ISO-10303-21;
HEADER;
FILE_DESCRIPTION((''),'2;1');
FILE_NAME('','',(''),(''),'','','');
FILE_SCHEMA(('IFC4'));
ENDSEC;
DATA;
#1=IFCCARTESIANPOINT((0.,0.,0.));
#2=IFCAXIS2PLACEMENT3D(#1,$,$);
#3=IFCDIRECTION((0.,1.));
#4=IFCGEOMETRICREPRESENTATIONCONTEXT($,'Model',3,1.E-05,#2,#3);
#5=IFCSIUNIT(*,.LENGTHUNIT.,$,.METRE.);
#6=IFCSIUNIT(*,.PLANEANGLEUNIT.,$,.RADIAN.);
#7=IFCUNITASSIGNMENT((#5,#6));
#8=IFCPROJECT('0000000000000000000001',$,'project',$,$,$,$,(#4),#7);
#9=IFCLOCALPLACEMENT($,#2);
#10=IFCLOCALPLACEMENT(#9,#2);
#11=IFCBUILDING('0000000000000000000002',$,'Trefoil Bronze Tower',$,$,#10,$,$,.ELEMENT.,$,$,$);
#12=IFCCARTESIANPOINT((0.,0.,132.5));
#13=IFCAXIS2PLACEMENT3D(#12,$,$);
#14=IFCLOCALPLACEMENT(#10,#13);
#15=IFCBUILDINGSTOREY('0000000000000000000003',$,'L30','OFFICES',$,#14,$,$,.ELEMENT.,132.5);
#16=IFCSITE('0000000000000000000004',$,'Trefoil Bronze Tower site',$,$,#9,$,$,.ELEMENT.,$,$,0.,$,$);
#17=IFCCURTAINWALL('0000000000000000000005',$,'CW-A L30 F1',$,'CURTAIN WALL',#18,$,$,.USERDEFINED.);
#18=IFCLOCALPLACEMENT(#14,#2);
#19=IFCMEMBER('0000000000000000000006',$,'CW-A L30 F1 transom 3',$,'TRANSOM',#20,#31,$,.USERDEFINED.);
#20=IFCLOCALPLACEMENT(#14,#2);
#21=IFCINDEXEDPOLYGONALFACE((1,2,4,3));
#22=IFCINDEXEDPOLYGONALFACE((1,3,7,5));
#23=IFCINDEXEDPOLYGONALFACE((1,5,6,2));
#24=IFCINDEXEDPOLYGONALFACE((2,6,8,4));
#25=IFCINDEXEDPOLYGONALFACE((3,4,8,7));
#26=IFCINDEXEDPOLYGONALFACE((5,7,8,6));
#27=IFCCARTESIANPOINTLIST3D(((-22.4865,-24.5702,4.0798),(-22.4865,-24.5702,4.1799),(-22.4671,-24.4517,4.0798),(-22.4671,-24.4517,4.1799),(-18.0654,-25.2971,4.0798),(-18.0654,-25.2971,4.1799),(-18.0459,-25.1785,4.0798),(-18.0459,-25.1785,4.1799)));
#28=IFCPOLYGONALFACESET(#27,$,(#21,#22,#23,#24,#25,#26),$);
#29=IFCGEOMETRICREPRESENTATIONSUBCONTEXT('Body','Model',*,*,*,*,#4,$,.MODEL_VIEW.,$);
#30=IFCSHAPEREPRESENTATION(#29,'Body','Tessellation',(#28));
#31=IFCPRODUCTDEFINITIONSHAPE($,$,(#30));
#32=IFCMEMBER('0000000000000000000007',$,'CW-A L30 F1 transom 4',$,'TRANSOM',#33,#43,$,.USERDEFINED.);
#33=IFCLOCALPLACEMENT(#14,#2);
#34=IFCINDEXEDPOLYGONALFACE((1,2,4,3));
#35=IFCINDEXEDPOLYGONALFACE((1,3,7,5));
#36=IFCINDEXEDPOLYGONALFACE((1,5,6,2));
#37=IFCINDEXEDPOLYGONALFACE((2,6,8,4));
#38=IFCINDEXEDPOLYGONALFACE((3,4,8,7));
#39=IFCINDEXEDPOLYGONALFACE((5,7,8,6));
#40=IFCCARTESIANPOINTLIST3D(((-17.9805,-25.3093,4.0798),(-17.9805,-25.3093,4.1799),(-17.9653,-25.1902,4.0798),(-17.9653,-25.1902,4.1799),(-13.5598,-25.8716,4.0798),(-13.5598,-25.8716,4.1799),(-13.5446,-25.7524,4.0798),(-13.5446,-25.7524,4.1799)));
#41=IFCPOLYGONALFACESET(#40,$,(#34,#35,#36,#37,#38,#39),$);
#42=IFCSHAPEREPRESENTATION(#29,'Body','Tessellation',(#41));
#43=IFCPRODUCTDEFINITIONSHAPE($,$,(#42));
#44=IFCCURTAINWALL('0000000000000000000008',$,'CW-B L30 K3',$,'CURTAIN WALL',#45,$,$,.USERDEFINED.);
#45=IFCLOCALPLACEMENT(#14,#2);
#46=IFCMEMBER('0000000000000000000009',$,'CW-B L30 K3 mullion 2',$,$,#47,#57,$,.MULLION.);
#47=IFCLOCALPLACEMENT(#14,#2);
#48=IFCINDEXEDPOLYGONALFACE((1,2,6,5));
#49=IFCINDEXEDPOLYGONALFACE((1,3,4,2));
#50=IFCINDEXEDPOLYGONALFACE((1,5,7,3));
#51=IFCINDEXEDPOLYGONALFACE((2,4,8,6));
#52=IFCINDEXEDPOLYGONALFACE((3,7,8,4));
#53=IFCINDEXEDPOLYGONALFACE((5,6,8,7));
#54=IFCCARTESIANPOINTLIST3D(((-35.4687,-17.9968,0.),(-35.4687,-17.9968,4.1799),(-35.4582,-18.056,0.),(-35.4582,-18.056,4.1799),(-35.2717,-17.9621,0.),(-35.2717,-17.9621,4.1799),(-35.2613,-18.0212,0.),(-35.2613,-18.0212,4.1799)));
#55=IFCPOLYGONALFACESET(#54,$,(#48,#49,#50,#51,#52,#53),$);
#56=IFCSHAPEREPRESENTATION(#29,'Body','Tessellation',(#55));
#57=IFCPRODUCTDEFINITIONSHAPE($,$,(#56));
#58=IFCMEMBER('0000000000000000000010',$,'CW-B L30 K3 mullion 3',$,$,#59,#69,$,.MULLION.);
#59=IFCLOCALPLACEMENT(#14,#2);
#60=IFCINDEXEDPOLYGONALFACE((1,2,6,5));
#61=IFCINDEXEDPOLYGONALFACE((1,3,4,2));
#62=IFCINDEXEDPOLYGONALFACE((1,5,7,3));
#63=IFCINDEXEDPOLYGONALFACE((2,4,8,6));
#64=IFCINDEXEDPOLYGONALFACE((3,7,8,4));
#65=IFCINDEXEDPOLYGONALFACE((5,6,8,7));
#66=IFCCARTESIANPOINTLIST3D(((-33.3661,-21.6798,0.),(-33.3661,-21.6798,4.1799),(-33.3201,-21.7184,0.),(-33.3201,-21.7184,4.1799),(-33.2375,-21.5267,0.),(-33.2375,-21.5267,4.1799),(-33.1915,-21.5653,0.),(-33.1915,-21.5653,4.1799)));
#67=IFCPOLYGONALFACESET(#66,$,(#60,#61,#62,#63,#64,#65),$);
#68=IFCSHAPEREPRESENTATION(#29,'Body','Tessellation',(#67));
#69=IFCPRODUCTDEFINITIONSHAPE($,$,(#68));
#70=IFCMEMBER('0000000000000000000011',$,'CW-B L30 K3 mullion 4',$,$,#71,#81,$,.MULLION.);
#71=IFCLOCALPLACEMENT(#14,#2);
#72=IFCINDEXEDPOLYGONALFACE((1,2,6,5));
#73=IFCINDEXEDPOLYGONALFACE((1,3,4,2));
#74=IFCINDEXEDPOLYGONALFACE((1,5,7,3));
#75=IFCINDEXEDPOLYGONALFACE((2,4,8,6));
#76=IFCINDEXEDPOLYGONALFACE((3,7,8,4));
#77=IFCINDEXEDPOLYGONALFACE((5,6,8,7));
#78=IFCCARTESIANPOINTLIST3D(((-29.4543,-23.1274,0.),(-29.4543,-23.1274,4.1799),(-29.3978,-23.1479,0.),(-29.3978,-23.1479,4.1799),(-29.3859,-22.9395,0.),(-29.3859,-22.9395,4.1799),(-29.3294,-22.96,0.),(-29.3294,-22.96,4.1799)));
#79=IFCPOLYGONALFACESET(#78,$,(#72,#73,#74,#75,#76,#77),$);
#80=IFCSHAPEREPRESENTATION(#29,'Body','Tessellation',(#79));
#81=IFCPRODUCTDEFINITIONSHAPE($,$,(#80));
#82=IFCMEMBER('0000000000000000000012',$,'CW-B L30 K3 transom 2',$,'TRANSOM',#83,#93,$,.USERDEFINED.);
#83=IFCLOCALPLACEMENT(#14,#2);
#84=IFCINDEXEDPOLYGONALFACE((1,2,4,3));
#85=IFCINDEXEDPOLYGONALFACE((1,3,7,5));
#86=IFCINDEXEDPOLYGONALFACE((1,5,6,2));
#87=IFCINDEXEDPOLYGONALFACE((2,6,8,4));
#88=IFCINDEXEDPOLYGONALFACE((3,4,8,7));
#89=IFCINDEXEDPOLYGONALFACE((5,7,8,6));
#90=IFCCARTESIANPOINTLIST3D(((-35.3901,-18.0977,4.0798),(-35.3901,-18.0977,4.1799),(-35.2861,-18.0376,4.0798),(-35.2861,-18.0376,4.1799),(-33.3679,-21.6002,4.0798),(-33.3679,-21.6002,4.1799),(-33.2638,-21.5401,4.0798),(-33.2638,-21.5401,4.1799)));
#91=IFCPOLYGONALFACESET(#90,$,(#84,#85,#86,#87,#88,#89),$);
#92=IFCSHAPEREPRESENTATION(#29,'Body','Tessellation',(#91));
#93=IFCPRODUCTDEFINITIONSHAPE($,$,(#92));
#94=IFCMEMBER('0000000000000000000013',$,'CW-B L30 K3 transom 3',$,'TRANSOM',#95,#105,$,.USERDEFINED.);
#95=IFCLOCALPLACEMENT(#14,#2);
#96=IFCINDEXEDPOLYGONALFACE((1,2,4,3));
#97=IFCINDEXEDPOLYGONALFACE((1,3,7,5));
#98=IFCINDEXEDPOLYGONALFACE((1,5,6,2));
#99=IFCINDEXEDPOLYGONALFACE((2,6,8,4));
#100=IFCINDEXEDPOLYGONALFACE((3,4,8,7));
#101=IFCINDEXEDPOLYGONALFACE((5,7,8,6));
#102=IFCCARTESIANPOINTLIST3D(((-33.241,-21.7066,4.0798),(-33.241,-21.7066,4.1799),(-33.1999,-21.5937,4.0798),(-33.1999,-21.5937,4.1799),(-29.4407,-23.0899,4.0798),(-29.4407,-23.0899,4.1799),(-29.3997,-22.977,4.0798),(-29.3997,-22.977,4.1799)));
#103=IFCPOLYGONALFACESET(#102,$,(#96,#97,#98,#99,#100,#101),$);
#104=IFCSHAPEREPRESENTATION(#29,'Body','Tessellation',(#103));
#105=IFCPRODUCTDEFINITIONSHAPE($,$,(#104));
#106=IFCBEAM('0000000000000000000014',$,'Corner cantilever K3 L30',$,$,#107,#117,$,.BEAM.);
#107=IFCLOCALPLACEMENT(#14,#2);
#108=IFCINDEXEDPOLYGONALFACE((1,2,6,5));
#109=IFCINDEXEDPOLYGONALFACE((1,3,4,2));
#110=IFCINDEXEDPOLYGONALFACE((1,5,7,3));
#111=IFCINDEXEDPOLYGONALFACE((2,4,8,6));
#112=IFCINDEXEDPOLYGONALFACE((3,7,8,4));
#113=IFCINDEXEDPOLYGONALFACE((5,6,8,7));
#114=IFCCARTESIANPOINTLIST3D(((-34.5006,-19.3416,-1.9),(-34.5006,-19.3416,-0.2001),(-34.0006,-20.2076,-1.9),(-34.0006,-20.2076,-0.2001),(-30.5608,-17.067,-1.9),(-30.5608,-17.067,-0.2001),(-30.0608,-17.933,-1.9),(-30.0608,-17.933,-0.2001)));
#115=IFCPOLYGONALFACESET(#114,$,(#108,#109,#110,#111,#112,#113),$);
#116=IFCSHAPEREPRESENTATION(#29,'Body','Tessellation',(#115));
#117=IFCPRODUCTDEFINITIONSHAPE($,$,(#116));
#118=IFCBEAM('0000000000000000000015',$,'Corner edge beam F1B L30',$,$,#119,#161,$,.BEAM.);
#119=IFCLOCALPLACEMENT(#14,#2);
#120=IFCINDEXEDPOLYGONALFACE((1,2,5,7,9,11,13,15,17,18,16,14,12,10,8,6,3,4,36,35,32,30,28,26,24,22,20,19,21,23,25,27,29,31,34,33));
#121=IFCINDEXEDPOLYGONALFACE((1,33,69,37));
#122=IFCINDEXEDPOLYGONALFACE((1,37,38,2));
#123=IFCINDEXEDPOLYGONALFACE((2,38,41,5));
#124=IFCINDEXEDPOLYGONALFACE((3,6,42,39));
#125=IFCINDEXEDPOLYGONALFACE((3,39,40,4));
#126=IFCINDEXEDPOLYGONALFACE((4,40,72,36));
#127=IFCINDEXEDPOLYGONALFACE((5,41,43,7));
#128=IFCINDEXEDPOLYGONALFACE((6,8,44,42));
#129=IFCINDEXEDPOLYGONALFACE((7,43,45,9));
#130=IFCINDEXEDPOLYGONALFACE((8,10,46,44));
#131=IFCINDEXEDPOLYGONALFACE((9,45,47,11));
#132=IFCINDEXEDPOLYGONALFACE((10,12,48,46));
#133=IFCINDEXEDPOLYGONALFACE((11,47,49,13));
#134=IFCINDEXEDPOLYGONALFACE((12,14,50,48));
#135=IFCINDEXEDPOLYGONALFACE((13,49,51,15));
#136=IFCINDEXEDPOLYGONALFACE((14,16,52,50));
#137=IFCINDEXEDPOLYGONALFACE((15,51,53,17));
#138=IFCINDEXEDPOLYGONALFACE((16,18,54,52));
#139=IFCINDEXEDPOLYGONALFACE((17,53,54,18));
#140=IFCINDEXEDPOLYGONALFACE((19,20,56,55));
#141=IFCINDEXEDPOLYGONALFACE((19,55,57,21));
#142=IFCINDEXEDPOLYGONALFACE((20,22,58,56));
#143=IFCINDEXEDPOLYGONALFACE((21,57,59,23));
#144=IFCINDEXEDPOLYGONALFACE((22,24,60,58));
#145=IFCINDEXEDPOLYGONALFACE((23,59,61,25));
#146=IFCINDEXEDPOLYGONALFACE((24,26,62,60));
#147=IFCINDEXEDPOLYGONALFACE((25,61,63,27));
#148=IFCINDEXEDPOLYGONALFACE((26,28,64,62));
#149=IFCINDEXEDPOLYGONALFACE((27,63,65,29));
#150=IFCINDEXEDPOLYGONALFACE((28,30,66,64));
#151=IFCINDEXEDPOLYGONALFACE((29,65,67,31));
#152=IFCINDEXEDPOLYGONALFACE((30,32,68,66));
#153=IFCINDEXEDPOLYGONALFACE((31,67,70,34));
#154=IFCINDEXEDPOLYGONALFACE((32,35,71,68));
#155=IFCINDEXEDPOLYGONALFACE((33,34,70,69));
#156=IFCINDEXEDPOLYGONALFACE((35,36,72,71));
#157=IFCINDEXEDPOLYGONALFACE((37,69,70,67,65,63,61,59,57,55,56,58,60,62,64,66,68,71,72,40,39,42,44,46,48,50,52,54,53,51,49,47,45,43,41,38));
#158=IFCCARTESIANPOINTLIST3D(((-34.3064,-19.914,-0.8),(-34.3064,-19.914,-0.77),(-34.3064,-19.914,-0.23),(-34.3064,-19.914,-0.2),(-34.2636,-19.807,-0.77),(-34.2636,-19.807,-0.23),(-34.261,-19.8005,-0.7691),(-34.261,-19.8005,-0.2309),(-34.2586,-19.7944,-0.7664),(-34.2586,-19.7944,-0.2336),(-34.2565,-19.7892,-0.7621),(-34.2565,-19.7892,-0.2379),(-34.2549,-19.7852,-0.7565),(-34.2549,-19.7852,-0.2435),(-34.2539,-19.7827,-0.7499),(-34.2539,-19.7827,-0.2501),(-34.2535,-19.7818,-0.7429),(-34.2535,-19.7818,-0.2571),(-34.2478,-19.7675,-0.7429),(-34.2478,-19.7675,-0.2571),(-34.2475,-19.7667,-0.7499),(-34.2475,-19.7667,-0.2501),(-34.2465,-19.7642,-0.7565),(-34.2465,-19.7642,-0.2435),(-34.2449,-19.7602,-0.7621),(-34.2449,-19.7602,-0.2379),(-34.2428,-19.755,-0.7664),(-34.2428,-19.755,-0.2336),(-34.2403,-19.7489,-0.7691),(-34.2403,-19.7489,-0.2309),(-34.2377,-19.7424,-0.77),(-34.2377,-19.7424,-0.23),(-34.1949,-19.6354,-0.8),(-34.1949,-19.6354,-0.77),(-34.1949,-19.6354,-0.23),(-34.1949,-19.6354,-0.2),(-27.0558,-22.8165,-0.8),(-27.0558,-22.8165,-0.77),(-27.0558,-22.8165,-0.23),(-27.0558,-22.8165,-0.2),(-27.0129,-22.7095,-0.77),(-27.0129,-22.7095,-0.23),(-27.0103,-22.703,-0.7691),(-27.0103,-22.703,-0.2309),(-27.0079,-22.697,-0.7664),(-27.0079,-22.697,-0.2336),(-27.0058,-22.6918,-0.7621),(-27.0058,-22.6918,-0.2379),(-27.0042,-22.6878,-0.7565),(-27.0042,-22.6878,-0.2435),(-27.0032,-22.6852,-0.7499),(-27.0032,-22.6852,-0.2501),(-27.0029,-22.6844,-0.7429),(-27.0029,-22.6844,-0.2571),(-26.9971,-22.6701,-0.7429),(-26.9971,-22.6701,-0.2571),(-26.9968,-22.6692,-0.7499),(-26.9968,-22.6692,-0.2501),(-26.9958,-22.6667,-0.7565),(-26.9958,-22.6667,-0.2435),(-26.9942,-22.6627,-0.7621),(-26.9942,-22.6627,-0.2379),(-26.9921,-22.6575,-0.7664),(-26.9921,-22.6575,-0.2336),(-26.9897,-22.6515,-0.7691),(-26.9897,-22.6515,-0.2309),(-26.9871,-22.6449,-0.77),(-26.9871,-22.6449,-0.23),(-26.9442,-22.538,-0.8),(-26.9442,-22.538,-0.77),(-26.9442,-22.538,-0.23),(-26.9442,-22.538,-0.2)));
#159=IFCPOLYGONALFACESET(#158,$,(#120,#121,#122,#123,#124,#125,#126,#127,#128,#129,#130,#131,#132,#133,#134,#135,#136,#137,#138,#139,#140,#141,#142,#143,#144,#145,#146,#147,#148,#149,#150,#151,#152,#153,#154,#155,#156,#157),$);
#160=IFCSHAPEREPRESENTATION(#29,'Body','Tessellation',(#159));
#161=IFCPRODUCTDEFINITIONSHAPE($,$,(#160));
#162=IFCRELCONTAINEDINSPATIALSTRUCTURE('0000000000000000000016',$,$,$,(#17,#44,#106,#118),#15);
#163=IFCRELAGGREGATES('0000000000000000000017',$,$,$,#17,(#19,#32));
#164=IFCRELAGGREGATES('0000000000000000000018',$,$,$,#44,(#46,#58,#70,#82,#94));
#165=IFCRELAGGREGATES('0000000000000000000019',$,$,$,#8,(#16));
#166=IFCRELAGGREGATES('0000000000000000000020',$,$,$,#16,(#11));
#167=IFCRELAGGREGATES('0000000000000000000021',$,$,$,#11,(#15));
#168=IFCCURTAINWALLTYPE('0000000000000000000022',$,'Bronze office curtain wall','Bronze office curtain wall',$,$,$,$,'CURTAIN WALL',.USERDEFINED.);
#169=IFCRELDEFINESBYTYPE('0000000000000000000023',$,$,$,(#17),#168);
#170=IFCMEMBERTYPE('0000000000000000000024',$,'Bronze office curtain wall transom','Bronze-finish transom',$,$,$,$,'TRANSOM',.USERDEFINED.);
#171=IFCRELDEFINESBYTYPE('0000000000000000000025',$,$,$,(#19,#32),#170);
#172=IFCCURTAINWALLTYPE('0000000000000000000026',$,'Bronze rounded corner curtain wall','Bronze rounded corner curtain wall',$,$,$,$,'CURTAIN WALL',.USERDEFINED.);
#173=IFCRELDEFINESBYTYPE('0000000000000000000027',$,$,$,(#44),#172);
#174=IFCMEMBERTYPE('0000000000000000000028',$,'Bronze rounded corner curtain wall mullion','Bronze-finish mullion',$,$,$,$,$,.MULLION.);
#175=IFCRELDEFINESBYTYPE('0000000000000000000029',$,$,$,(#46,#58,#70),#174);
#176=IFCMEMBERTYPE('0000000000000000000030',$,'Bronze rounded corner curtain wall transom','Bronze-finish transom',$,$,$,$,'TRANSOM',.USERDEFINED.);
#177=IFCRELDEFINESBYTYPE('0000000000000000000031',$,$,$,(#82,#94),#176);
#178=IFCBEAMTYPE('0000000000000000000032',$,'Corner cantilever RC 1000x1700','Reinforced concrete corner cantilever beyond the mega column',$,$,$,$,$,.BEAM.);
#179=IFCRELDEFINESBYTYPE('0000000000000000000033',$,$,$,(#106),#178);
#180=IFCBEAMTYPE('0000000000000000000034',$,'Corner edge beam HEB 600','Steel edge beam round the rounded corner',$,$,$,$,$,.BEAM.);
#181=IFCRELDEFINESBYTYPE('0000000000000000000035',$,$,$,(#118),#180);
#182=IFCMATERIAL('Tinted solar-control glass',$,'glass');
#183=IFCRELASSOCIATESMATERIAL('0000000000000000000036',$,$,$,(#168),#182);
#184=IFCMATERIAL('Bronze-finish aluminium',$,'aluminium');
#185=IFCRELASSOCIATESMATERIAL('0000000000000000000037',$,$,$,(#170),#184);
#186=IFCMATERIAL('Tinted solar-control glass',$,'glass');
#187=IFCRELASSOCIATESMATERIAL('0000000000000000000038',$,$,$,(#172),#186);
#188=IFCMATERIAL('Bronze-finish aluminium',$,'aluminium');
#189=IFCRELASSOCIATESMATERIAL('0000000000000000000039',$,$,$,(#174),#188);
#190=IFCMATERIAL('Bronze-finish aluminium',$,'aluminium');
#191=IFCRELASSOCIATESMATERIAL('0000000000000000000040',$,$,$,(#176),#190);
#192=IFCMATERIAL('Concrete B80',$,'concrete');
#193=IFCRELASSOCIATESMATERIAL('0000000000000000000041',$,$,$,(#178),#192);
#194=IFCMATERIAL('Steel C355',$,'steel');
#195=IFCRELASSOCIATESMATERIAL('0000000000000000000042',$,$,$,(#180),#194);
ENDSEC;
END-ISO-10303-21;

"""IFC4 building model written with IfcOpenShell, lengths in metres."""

from ifc_helpers import new_model, si_unit, direction, frame, origin, origin_2d, place, context, subcontext, project, spatial, rectangle, i_section, extrude, material, material_profile, profile_set, type_object, element, aggregate, save


model = new_model("IFC4")

# Units and contexts
model_context = context("Model", 3, precision=1e-05, world=origin(), true_north=direction((0.0, 1.0)))
body_context = subcontext(model_context, "Body", "Model", "MODEL_VIEW")
ifc_project = project(units=[si_unit("LENGTHUNIT", "METRE"), si_unit("PLANEANGLEUNIT", "RADIAN")], contexts=[model_context])

# Site, building, storey
site_placement = place(None, origin())
site = spatial("IfcSite", under=ifc_project, at=site_placement, Name="Trefoil Bronze Tower site", CompositionType="ELEMENT", RefElevation=0.0)
building_placement = place(site_placement, origin())
building = spatial("IfcBuilding", under=site, at=building_placement, Name="Trefoil Bronze Tower", CompositionType="ELEMENT")
storey_placement = place(building_placement, frame((0.0, 0.0, 132.5)))
storey = spatial("IfcBuildingStorey", under=building, at=storey_placement, Name="L30", Description="OFFICES", CompositionType="ELEMENT", Elevation=132.5)

# Curtain walls, members
ifc_material_1 = material(Name="Tinted solar-control glass", Category="glass")
curtain_wall_type_1 = type_object("IfcCurtainWallType", Name="Bronze office curtain wall", Description="Bronze office curtain wall", ElementType="CURTAIN WALL", PredefinedType="USERDEFINED", material=ifc_material_1)
curtain_wall_1_placement = place(storey_placement, origin())
curtain_wall_1 = element("IfcCurtainWall", 1, at=curtain_wall_1_placement, inside=storey, type_object=curtain_wall_type_1, Name="CW-A L30 F1", ObjectType="CURTAIN WALL", PredefinedType="USERDEFINED")
ifc_material_2 = material(Name="Bronze-finish aluminium", Category="aluminium")
ifc_material_profile_1 = material_profile(ifc_material_2, rectangle(XDim=0.1201, YDim=0.1001, at=origin_2d()), Name="CW-A transom")
ifc_profile_set_1 = profile_set([ifc_material_profile_1], Name="Bronze-finish aluminium")
member_type_1 = type_object("IfcMemberType", Name="Bronze office curtain wall transom", Description="Bronze-finish transom", ElementType="TRANSOM", PredefinedType="USERDEFINED", material=ifc_profile_set_1)
member_1_placement = place(storey_placement, frame((-22.4768, -24.511, 4.1299), z_axis=(0.986755, -0.162216, 0.0), x_axis=(0.162216, 0.986755, 0.0)))
member_1 = element("IfcMember", 2, at=member_1_placement, type_object=member_type_1, Name="CW-A L30 F1 transom 3", ObjectType="TRANSOM", PredefinedType="USERDEFINED", context=body_context, shape_type="SweptSolid", body=[
    extrude(rectangle(XDim=0.1201, YDim=0.1001, at=origin_2d()), origin(), (0.0, 0.0, 1.0), 4.4805),
])
member_2_placement = place(storey_placement, frame((-17.9729, -25.2498, 4.1299), z_axis=(0.992008, -0.126172, 0.0), x_axis=(0.126172, 0.992008, 0.0)))
member_2 = element("IfcMember", 3, at=member_2_placement, type_object=member_type_1, Name="CW-A L30 F1 transom 4", ObjectType="TRANSOM", PredefinedType="USERDEFINED", context=body_context, shape_type="SweptSolid", body=[
    extrude(rectangle(XDim=0.1201, YDim=0.1001, at=origin_2d()), origin(), (0.0, 0.0, 1.0), 4.4563),
])
ifc_material_3 = material(Name="Tinted solar-control glass", Category="glass")
curtain_wall_type_2 = type_object("IfcCurtainWallType", Name="Bronze rounded corner curtain wall", Description="Bronze rounded corner curtain wall", ElementType="CURTAIN WALL", PredefinedType="USERDEFINED", material=ifc_material_3)
curtain_wall_2_placement = place(storey_placement, origin())
curtain_wall_2 = element("IfcCurtainWall", 4, at=curtain_wall_2_placement, inside=storey, type_object=curtain_wall_type_2, Name="CW-B L30 K3", ObjectType="CURTAIN WALL", PredefinedType="USERDEFINED")
ifc_material_4 = material(Name="Bronze-finish aluminium", Category="aluminium")
ifc_material_profile_2 = material_profile(ifc_material_4, rectangle(XDim=0.2, YDim=0.0601, at=origin_2d()), Name="CW-B mullion")
ifc_profile_set_2 = profile_set([ifc_material_profile_2], Name="Bronze-finish aluminium")
member_type_2 = type_object("IfcMemberType", Name="Bronze rounded corner curtain wall mullion", Description="Bronze-finish mullion", PredefinedType="MULLION", material=ifc_profile_set_2)
member_3_placement = place(storey_placement, frame((-35.365, -18.009, 0.0), z_axis=(0.0, 0.0, 1.0), x_axis=(0.984808, 0.173648, 0.0)))
member_3 = element("IfcMember", 5, at=member_3_placement, type_object=member_type_2, Name="CW-B L30 K3 mullion 2", PredefinedType="MULLION", context=body_context, shape_type="SweptSolid", body=[
    extrude(rectangle(XDim=0.2, YDim=0.0601, at=origin_2d()), origin(), (0.0, 0.0, 1.0), 4.1799),
])
member_4_placement = place(storey_placement, frame((-33.2788, -21.6226, 0.0), z_axis=(0.0, 0.0, 1.0), x_axis=(0.642788, 0.766044, 0.0)))
member_4 = element("IfcMember", 6, at=member_4_placement, type_object=member_type_2, Name="CW-B L30 K3 mullion 3", PredefinedType="MULLION", context=body_context, shape_type="SweptSolid", body=[
    extrude(rectangle(XDim=0.2, YDim=0.0601, at=origin_2d()), origin(), (0.0, 0.0, 1.0), 4.1799),
])
member_5_placement = place(storey_placement, frame((-29.3918, -23.0437, 0.0), z_axis=(0.0, 0.0, 1.0), x_axis=(0.34202, 0.939693, 0.0)))
member_5 = element("IfcMember", 7, at=member_5_placement, type_object=member_type_2, Name="CW-B L30 K3 mullion 4", PredefinedType="MULLION", context=body_context, shape_type="SweptSolid", body=[
    extrude(rectangle(XDim=0.2, YDim=0.0601, at=origin_2d()), origin(), (0.0, 0.0, 1.0), 4.1799),
])
ifc_material_5 = material(Name="Bronze-finish aluminium", Category="aluminium")
ifc_material_profile_3 = material_profile(ifc_material_5, rectangle(XDim=0.1201, YDim=0.1001, at=origin_2d()), Name="CW-B transom")
ifc_profile_set_3 = profile_set([ifc_material_profile_3], Name="Bronze-finish aluminium")
member_type_3 = type_object("IfcMemberType", Name="Bronze rounded corner curtain wall transom", Description="Bronze-finish transom", ElementType="TRANSOM", PredefinedType="USERDEFINED", material=ifc_profile_set_3)
member_6_placement = place(storey_placement, frame((-35.3381, -18.0676, 4.1299), z_axis=(0.500015, -0.866017, 0.0), x_axis=(0.866017, 0.500015, 0.0)))
member_6 = element("IfcMember", 8, at=member_6_placement, type_object=member_type_3, Name="CW-B L30 K3 transom 2", ObjectType="TRANSOM", PredefinedType="USERDEFINED", context=body_context, shape_type="SweptSolid", body=[
    extrude(rectangle(XDim=0.1201, YDim=0.1001, at=origin_2d()), origin(), (0.0, 0.0, 1.0), 4.0444),
])
member_7_placement = place(storey_placement, frame((-33.2205, -21.6501, 4.1299), z_axis=(0.939684, -0.342044, 0.0), x_axis=(0.342044, 0.939684, 0.0)))
member_7 = element("IfcMember", 9, at=member_7_placement, type_object=member_type_3, Name="CW-B L30 K3 transom 3", ObjectType="TRANSOM", PredefinedType="USERDEFINED", context=body_context, shape_type="SweptSolid", body=[
    extrude(rectangle(XDim=0.1201, YDim=0.1001, at=origin_2d()), origin(), (0.0, 0.0, 1.0), 4.0442),
])

# Beams
ifc_material_6 = material(Name="Concrete B80", Category="concrete")
ifc_material_profile_4 = material_profile(ifc_material_6, rectangle(XDim=1.0, YDim=1.7, at=origin_2d()), Name="RC 1000x1700")
ifc_profile_set_4 = profile_set([ifc_material_profile_4], Name="Concrete B80")
beam_type_1 = type_object("IfcBeamType", Name="Corner cantilever RC 1000x1700", Description="Reinforced concrete corner cantilever beyond the mega column", PredefinedType="BEAM", material=ifc_profile_set_4)
beam_1_placement = place(storey_placement, frame((-30.3108, -17.5, -1.05), z_axis=(-0.866032, -0.499989, 0.0), x_axis=(0.499989, -0.866032, 0.0)))
element("IfcBeam", 10, at=beam_1_placement, inside=storey, type_object=beam_type_1, Name="Corner cantilever K3 L30", PredefinedType="BEAM", context=body_context, shape_type="SweptSolid", body=[
    extrude(rectangle(XDim=1.0, YDim=1.7, at=origin_2d()), origin(), (0.0, 0.0, 1.0), 4.5493),
])
ifc_material_7 = material(Name="Steel C355", Category="steel")
ifc_material_profile_5 = material_profile(ifc_material_7, i_section(OverallWidth=0.3, OverallDepth=0.6001, WebThickness=0.0154, FlangeThickness=0.03, FilletRadius=0.0271, at=origin_2d()), Name="HEB 600")
ifc_profile_set_5 = profile_set([ifc_material_profile_5], Name="Steel C355")
beam_type_2 = type_object("IfcBeamType", Name="Corner edge beam HEB 600", Description="Steel edge beam round the rounded corner", PredefinedType="BEAM", material=ifc_profile_set_5)
beam_2_placement = place(storey_placement, frame((-27.0, -22.6772, -0.5), z_axis=(-0.928375, 0.371644, 0.0), x_axis=(-0.371644, -0.928375, 0.0)))
element("IfcBeam", 11, at=beam_2_placement, inside=storey, type_object=beam_type_2, Name="Corner edge beam F1B L30", PredefinedType="BEAM", context=body_context, shape_type="SweptSolid", body=[
    extrude(i_section(OverallWidth=0.3, OverallDepth=0.6001, WebThickness=0.0154, FlangeThickness=0.03, FilletRadius=0.0271, at=origin_2d()), origin(), (0.0, 0.0, 1.0), 7.8101),
])

aggregate(curtain_wall_1, [member_1, member_2])
aggregate(curtain_wall_2, [member_3, member_4, member_5, member_6, member_7])

save(model, "model.ifc")
